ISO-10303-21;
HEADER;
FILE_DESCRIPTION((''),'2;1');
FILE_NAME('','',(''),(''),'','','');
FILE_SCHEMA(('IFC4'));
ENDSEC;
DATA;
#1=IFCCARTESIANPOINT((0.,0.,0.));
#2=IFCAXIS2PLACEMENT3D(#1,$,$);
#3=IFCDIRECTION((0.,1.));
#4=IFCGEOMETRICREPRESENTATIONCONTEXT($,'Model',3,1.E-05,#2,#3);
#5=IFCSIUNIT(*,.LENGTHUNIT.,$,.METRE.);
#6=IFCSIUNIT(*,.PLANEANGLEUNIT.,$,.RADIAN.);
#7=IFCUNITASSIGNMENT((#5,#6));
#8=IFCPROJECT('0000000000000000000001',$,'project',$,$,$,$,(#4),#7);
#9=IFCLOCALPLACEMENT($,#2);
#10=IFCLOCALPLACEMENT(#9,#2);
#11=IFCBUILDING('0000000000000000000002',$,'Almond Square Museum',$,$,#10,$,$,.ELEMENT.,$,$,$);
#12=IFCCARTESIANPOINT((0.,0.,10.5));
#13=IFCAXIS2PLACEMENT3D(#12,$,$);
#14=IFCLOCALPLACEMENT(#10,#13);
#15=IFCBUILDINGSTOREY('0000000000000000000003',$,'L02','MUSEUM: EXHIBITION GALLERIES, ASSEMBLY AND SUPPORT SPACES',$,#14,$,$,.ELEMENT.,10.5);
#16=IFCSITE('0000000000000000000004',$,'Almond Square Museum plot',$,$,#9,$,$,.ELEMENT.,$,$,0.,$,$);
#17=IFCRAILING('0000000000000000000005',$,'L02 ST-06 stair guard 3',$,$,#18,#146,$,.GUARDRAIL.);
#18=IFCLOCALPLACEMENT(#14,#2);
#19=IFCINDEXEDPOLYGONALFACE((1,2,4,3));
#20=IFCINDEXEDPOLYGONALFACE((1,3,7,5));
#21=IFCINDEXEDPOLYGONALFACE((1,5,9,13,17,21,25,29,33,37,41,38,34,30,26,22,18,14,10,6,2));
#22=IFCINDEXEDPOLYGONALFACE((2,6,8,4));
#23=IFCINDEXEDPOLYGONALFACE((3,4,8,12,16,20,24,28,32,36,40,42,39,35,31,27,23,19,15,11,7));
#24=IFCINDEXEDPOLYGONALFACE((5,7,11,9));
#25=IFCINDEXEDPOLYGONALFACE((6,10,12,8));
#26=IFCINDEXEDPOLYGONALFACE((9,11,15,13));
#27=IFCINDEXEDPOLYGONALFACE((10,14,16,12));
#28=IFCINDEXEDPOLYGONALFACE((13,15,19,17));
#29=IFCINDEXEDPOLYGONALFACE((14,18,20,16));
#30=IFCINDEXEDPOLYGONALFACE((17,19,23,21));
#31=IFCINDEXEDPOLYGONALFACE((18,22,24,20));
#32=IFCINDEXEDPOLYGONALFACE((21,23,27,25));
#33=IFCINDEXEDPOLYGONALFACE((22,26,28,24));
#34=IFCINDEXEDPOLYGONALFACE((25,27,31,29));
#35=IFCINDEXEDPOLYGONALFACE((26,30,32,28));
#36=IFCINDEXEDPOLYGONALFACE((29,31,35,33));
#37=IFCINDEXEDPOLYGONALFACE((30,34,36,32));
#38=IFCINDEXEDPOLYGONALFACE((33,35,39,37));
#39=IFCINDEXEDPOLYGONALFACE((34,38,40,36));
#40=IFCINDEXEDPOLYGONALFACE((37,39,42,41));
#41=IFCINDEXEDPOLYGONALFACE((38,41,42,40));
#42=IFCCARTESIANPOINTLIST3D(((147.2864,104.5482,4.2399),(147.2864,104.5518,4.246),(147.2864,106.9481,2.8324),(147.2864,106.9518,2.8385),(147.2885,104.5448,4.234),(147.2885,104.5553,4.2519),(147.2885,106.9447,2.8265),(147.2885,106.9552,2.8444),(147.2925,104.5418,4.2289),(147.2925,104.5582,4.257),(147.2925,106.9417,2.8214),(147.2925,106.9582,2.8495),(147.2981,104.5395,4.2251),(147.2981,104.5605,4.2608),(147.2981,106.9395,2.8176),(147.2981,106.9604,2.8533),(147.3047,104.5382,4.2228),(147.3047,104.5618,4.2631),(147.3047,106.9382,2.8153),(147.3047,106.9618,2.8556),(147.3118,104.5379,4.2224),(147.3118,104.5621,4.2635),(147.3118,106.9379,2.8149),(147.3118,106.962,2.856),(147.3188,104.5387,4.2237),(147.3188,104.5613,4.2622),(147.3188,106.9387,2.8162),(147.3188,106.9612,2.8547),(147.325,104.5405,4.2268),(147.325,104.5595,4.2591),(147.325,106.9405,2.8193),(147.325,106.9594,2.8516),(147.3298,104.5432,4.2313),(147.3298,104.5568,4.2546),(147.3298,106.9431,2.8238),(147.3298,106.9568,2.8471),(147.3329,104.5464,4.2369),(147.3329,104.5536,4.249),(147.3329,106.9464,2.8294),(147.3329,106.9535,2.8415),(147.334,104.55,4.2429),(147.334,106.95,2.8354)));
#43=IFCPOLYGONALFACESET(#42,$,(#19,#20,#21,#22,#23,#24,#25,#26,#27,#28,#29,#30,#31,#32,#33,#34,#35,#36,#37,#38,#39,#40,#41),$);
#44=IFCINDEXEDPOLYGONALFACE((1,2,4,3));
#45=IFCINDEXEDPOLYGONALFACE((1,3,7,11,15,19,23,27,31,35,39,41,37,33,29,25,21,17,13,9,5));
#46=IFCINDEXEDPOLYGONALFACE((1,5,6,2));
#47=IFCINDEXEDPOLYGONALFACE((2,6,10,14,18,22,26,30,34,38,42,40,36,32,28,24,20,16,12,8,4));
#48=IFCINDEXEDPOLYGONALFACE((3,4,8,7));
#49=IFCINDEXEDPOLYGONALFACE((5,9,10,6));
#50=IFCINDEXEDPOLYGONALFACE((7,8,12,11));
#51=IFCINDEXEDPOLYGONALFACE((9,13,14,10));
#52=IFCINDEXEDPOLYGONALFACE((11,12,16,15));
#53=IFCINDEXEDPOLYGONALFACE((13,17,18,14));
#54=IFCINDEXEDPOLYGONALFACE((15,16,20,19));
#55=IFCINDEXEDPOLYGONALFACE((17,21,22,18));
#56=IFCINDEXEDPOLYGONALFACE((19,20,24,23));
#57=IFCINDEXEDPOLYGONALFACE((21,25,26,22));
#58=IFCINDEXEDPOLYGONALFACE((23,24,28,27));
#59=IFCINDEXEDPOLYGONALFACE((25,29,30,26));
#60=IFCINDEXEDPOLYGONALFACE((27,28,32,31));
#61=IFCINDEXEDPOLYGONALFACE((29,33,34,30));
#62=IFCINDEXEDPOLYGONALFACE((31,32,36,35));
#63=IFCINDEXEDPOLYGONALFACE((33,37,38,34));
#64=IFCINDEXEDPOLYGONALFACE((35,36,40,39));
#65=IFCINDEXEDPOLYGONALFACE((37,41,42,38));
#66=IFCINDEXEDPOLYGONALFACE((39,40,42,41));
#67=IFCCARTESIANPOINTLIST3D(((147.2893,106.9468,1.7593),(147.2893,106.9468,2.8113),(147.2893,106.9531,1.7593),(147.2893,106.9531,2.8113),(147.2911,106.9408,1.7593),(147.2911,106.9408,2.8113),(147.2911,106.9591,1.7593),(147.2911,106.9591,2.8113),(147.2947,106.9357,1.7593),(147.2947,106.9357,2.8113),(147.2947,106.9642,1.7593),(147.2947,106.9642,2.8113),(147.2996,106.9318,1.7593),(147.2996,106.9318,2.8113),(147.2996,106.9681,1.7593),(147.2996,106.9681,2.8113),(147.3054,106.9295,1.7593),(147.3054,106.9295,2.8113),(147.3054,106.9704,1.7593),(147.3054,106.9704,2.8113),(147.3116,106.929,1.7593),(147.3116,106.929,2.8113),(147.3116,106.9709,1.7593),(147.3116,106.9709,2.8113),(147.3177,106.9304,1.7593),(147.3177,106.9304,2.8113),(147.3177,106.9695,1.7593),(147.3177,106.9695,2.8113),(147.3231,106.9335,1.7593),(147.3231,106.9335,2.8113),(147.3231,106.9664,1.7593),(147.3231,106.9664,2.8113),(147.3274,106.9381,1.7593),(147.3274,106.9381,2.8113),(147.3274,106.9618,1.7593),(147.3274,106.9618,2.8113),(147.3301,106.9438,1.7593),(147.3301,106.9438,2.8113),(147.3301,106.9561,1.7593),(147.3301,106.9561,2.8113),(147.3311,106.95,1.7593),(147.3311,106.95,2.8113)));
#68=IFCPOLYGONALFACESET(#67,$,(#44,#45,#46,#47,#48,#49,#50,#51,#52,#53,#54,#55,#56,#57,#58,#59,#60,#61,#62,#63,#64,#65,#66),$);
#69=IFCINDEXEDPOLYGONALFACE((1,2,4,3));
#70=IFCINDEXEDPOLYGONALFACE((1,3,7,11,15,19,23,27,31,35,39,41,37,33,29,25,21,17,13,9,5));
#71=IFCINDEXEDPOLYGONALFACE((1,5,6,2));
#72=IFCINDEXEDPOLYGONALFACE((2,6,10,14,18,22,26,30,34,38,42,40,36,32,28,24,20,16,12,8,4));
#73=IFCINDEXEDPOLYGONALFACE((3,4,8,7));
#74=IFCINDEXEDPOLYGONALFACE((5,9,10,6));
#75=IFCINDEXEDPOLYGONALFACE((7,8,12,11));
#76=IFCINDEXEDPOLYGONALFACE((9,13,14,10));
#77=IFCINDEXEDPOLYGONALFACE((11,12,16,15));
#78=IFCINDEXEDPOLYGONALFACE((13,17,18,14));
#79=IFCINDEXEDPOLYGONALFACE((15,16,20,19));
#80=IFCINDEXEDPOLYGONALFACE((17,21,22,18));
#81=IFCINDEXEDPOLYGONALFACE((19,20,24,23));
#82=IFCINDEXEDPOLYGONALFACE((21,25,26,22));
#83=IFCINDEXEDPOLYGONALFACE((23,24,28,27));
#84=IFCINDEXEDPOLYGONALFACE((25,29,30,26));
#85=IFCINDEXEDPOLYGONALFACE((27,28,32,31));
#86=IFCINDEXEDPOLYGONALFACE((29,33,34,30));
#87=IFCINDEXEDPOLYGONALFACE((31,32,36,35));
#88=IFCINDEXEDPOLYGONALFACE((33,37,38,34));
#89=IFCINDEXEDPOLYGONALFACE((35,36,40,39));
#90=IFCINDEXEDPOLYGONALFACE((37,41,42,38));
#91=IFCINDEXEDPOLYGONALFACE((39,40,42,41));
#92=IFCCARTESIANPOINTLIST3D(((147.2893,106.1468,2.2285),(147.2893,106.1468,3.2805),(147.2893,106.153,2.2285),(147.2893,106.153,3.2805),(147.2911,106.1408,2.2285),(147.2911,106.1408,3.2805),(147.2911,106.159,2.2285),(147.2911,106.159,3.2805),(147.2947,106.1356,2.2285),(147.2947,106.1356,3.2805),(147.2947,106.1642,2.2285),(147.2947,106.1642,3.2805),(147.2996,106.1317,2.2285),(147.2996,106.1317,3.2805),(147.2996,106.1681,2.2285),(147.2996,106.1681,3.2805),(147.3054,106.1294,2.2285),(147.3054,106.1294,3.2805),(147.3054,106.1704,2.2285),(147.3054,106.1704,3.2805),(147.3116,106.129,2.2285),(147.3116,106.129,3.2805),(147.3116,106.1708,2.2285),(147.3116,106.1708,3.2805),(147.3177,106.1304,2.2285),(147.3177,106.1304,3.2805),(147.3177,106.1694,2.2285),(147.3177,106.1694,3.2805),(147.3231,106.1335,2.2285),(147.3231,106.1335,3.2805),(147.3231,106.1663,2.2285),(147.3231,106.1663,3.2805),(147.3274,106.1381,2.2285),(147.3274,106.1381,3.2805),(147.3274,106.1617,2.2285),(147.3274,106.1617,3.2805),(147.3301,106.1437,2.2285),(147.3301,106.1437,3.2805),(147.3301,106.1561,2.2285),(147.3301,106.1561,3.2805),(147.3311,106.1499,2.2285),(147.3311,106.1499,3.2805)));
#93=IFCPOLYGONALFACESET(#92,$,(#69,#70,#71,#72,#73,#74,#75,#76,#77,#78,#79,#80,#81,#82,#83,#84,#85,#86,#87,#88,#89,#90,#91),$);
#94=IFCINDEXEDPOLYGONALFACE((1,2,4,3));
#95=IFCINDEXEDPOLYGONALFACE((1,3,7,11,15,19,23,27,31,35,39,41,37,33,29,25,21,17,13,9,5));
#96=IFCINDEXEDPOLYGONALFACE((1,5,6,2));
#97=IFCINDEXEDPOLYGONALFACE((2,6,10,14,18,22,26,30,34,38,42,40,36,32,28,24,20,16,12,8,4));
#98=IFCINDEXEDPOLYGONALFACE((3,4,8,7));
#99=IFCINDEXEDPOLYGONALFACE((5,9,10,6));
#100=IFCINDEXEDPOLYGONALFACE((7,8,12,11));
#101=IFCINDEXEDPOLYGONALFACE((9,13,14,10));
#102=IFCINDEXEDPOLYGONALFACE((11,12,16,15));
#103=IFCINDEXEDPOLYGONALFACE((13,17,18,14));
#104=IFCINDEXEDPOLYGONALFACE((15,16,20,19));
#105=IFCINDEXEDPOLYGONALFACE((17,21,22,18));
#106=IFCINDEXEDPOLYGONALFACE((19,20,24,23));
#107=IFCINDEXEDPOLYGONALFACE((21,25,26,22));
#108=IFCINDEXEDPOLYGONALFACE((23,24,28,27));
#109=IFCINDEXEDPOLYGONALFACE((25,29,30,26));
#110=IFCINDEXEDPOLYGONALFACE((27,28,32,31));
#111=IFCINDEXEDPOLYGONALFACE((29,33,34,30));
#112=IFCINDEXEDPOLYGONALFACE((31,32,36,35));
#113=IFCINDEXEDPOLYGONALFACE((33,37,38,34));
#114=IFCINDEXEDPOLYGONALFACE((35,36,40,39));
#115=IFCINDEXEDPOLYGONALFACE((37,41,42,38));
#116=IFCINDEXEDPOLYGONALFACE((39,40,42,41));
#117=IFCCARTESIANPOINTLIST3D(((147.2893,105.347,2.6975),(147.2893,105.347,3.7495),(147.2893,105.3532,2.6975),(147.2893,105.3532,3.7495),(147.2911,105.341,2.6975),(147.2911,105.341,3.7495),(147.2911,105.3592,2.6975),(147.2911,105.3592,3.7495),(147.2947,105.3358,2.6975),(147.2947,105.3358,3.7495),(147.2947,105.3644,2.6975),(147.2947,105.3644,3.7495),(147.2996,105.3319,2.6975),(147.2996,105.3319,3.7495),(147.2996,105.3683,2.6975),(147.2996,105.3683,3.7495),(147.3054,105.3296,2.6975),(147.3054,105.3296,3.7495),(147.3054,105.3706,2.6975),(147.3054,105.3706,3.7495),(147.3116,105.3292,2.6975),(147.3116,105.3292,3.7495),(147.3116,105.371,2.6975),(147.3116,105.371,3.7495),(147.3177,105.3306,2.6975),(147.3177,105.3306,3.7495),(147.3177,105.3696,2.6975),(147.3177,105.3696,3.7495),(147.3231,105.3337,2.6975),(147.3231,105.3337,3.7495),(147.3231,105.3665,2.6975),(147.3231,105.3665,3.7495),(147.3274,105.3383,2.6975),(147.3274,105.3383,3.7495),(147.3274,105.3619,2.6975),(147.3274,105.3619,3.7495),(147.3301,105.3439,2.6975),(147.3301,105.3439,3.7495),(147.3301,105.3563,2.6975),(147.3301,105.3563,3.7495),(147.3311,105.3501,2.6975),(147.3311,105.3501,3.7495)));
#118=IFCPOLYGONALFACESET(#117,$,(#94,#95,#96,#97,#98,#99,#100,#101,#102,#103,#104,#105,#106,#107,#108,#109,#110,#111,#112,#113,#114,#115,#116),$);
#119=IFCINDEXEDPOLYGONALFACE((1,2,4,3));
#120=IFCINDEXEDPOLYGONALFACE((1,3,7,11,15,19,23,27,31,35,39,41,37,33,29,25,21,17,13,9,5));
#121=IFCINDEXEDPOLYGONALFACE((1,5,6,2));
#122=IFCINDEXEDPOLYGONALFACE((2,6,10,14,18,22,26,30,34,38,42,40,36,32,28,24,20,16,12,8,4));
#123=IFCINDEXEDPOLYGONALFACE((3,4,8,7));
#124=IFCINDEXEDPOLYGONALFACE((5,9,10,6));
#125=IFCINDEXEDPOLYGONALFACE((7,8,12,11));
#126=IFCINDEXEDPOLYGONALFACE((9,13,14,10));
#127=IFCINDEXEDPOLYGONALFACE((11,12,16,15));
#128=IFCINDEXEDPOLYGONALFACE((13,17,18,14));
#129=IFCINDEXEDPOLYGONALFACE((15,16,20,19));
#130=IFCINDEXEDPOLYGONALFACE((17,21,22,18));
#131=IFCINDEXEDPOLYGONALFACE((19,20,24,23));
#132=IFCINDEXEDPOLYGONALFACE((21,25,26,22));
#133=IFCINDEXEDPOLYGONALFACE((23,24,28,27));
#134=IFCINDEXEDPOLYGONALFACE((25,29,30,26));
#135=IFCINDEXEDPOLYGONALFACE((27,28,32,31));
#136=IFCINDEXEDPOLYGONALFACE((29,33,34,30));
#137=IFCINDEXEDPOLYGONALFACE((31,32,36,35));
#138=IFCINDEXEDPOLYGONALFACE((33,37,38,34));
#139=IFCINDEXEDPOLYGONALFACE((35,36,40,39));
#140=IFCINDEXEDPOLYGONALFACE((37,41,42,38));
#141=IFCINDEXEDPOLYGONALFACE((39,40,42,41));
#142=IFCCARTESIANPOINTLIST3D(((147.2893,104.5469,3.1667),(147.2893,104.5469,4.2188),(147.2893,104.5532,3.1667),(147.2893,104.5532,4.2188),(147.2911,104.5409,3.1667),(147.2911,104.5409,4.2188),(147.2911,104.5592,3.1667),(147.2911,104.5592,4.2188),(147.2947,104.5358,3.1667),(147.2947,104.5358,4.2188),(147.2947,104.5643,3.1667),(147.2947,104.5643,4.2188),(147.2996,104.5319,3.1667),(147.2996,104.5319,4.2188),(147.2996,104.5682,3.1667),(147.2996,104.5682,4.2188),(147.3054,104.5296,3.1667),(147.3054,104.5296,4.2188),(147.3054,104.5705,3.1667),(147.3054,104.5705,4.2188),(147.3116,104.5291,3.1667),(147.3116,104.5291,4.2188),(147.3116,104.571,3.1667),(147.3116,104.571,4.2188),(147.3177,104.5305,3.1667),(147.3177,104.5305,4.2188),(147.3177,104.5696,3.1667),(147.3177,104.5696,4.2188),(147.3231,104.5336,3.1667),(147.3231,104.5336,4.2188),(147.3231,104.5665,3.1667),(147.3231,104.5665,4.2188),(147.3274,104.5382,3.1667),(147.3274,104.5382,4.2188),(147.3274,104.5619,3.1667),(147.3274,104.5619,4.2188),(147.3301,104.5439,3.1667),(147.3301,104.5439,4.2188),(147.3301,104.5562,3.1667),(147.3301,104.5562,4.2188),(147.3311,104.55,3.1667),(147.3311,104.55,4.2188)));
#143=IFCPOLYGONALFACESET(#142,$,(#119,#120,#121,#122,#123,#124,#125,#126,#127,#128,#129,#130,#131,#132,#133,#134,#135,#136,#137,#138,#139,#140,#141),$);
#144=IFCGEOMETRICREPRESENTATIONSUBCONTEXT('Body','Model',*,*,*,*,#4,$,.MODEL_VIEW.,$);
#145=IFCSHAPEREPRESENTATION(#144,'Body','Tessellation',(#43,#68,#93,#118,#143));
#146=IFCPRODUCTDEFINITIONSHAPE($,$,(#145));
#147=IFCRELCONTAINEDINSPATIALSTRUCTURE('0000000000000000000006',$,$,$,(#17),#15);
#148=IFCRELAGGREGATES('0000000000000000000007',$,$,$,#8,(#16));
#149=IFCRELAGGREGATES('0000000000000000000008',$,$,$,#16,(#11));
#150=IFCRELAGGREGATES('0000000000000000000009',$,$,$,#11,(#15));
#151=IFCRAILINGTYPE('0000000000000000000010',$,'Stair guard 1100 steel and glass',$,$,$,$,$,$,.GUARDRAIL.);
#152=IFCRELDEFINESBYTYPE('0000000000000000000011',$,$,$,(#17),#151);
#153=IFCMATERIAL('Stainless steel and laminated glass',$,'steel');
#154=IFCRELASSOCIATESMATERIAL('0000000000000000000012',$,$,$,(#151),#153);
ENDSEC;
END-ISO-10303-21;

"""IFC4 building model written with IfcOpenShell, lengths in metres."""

from ifc_helpers import new_model, si_unit, direction, frame, origin, origin_2d, place, context, subcontext, project, spatial, circle, extrude, material, type_object, element, save


model = new_model("IFC4")

# Units and contexts
model_context = context("Model", 3, precision=1e-05, world=origin(), true_north=direction((0.0, 1.0)))
body_context = subcontext(model_context, "Body", "Model", "MODEL_VIEW")
ifc_project = project(units=[si_unit("LENGTHUNIT", "METRE"), si_unit("PLANEANGLEUNIT", "RADIAN")], contexts=[model_context])

# Site, building, storey
site_placement = place(None, origin())
site = spatial("IfcSite", under=ifc_project, at=site_placement, Name="Almond Square Museum plot", CompositionType="ELEMENT", RefElevation=0.0)
building_placement = place(site_placement, origin())
building = spatial("IfcBuilding", under=site, at=building_placement, Name="Almond Square Museum", CompositionType="ELEMENT")
storey_placement = place(building_placement, frame((0.0, 0.0, 10.5)))
storey = spatial("IfcBuildingStorey", under=building, at=storey_placement, Name="L02", Description="MUSEUM: EXHIBITION GALLERIES, ASSEMBLY AND SUPPORT SPACES", CompositionType="ELEMENT", Elevation=10.5)

# Railing
ifc_material_1 = material(Name="Stainless steel and laminated glass", Category="steel")
railing_type_1 = type_object("IfcRailingType", Name="Stair guard 1100 steel and glass", PredefinedType="GUARDRAIL", material=ifc_material_1)
railing_1_placement = place(storey_placement, frame((147.3101, 106.95, 1.7593)))
element("IfcRailing", 1, at=railing_1_placement, inside=storey, type_object=railing_type_1, Name="L02 ST-06 stair guard 3", PredefinedType="GUARDRAIL", context=body_context, shape_type="SweptSolid", body=[
    extrude(circle(Radius=0.0239, at=origin_2d()), frame((0.0, 0.0, 1.0762), z_axis=(0.0, -0.862599, 0.505888), x_axis=(1.0, 0.0, 0.0)), (0.0, 0.0, 1.0), 2.7822),
    extrude(circle(Radius=0.021, at=origin_2d()), origin(), (0.0, 0.0, 1.0), 1.052),
    extrude(circle(Radius=0.021, at=origin_2d()), frame((0.0, -0.8, 0.4692)), (0.0, 0.0, 1.0), 1.052),
    extrude(circle(Radius=0.021, at=origin_2d()), frame((0.0, -1.5999, 0.9382)), (0.0, 0.0, 1.0), 1.052),
    extrude(circle(Radius=0.021, at=origin_2d()), frame((0.0, -2.3999, 1.4075)), (0.0, 0.0, 1.0), 1.052),
])

save(model, "model.ifc")
